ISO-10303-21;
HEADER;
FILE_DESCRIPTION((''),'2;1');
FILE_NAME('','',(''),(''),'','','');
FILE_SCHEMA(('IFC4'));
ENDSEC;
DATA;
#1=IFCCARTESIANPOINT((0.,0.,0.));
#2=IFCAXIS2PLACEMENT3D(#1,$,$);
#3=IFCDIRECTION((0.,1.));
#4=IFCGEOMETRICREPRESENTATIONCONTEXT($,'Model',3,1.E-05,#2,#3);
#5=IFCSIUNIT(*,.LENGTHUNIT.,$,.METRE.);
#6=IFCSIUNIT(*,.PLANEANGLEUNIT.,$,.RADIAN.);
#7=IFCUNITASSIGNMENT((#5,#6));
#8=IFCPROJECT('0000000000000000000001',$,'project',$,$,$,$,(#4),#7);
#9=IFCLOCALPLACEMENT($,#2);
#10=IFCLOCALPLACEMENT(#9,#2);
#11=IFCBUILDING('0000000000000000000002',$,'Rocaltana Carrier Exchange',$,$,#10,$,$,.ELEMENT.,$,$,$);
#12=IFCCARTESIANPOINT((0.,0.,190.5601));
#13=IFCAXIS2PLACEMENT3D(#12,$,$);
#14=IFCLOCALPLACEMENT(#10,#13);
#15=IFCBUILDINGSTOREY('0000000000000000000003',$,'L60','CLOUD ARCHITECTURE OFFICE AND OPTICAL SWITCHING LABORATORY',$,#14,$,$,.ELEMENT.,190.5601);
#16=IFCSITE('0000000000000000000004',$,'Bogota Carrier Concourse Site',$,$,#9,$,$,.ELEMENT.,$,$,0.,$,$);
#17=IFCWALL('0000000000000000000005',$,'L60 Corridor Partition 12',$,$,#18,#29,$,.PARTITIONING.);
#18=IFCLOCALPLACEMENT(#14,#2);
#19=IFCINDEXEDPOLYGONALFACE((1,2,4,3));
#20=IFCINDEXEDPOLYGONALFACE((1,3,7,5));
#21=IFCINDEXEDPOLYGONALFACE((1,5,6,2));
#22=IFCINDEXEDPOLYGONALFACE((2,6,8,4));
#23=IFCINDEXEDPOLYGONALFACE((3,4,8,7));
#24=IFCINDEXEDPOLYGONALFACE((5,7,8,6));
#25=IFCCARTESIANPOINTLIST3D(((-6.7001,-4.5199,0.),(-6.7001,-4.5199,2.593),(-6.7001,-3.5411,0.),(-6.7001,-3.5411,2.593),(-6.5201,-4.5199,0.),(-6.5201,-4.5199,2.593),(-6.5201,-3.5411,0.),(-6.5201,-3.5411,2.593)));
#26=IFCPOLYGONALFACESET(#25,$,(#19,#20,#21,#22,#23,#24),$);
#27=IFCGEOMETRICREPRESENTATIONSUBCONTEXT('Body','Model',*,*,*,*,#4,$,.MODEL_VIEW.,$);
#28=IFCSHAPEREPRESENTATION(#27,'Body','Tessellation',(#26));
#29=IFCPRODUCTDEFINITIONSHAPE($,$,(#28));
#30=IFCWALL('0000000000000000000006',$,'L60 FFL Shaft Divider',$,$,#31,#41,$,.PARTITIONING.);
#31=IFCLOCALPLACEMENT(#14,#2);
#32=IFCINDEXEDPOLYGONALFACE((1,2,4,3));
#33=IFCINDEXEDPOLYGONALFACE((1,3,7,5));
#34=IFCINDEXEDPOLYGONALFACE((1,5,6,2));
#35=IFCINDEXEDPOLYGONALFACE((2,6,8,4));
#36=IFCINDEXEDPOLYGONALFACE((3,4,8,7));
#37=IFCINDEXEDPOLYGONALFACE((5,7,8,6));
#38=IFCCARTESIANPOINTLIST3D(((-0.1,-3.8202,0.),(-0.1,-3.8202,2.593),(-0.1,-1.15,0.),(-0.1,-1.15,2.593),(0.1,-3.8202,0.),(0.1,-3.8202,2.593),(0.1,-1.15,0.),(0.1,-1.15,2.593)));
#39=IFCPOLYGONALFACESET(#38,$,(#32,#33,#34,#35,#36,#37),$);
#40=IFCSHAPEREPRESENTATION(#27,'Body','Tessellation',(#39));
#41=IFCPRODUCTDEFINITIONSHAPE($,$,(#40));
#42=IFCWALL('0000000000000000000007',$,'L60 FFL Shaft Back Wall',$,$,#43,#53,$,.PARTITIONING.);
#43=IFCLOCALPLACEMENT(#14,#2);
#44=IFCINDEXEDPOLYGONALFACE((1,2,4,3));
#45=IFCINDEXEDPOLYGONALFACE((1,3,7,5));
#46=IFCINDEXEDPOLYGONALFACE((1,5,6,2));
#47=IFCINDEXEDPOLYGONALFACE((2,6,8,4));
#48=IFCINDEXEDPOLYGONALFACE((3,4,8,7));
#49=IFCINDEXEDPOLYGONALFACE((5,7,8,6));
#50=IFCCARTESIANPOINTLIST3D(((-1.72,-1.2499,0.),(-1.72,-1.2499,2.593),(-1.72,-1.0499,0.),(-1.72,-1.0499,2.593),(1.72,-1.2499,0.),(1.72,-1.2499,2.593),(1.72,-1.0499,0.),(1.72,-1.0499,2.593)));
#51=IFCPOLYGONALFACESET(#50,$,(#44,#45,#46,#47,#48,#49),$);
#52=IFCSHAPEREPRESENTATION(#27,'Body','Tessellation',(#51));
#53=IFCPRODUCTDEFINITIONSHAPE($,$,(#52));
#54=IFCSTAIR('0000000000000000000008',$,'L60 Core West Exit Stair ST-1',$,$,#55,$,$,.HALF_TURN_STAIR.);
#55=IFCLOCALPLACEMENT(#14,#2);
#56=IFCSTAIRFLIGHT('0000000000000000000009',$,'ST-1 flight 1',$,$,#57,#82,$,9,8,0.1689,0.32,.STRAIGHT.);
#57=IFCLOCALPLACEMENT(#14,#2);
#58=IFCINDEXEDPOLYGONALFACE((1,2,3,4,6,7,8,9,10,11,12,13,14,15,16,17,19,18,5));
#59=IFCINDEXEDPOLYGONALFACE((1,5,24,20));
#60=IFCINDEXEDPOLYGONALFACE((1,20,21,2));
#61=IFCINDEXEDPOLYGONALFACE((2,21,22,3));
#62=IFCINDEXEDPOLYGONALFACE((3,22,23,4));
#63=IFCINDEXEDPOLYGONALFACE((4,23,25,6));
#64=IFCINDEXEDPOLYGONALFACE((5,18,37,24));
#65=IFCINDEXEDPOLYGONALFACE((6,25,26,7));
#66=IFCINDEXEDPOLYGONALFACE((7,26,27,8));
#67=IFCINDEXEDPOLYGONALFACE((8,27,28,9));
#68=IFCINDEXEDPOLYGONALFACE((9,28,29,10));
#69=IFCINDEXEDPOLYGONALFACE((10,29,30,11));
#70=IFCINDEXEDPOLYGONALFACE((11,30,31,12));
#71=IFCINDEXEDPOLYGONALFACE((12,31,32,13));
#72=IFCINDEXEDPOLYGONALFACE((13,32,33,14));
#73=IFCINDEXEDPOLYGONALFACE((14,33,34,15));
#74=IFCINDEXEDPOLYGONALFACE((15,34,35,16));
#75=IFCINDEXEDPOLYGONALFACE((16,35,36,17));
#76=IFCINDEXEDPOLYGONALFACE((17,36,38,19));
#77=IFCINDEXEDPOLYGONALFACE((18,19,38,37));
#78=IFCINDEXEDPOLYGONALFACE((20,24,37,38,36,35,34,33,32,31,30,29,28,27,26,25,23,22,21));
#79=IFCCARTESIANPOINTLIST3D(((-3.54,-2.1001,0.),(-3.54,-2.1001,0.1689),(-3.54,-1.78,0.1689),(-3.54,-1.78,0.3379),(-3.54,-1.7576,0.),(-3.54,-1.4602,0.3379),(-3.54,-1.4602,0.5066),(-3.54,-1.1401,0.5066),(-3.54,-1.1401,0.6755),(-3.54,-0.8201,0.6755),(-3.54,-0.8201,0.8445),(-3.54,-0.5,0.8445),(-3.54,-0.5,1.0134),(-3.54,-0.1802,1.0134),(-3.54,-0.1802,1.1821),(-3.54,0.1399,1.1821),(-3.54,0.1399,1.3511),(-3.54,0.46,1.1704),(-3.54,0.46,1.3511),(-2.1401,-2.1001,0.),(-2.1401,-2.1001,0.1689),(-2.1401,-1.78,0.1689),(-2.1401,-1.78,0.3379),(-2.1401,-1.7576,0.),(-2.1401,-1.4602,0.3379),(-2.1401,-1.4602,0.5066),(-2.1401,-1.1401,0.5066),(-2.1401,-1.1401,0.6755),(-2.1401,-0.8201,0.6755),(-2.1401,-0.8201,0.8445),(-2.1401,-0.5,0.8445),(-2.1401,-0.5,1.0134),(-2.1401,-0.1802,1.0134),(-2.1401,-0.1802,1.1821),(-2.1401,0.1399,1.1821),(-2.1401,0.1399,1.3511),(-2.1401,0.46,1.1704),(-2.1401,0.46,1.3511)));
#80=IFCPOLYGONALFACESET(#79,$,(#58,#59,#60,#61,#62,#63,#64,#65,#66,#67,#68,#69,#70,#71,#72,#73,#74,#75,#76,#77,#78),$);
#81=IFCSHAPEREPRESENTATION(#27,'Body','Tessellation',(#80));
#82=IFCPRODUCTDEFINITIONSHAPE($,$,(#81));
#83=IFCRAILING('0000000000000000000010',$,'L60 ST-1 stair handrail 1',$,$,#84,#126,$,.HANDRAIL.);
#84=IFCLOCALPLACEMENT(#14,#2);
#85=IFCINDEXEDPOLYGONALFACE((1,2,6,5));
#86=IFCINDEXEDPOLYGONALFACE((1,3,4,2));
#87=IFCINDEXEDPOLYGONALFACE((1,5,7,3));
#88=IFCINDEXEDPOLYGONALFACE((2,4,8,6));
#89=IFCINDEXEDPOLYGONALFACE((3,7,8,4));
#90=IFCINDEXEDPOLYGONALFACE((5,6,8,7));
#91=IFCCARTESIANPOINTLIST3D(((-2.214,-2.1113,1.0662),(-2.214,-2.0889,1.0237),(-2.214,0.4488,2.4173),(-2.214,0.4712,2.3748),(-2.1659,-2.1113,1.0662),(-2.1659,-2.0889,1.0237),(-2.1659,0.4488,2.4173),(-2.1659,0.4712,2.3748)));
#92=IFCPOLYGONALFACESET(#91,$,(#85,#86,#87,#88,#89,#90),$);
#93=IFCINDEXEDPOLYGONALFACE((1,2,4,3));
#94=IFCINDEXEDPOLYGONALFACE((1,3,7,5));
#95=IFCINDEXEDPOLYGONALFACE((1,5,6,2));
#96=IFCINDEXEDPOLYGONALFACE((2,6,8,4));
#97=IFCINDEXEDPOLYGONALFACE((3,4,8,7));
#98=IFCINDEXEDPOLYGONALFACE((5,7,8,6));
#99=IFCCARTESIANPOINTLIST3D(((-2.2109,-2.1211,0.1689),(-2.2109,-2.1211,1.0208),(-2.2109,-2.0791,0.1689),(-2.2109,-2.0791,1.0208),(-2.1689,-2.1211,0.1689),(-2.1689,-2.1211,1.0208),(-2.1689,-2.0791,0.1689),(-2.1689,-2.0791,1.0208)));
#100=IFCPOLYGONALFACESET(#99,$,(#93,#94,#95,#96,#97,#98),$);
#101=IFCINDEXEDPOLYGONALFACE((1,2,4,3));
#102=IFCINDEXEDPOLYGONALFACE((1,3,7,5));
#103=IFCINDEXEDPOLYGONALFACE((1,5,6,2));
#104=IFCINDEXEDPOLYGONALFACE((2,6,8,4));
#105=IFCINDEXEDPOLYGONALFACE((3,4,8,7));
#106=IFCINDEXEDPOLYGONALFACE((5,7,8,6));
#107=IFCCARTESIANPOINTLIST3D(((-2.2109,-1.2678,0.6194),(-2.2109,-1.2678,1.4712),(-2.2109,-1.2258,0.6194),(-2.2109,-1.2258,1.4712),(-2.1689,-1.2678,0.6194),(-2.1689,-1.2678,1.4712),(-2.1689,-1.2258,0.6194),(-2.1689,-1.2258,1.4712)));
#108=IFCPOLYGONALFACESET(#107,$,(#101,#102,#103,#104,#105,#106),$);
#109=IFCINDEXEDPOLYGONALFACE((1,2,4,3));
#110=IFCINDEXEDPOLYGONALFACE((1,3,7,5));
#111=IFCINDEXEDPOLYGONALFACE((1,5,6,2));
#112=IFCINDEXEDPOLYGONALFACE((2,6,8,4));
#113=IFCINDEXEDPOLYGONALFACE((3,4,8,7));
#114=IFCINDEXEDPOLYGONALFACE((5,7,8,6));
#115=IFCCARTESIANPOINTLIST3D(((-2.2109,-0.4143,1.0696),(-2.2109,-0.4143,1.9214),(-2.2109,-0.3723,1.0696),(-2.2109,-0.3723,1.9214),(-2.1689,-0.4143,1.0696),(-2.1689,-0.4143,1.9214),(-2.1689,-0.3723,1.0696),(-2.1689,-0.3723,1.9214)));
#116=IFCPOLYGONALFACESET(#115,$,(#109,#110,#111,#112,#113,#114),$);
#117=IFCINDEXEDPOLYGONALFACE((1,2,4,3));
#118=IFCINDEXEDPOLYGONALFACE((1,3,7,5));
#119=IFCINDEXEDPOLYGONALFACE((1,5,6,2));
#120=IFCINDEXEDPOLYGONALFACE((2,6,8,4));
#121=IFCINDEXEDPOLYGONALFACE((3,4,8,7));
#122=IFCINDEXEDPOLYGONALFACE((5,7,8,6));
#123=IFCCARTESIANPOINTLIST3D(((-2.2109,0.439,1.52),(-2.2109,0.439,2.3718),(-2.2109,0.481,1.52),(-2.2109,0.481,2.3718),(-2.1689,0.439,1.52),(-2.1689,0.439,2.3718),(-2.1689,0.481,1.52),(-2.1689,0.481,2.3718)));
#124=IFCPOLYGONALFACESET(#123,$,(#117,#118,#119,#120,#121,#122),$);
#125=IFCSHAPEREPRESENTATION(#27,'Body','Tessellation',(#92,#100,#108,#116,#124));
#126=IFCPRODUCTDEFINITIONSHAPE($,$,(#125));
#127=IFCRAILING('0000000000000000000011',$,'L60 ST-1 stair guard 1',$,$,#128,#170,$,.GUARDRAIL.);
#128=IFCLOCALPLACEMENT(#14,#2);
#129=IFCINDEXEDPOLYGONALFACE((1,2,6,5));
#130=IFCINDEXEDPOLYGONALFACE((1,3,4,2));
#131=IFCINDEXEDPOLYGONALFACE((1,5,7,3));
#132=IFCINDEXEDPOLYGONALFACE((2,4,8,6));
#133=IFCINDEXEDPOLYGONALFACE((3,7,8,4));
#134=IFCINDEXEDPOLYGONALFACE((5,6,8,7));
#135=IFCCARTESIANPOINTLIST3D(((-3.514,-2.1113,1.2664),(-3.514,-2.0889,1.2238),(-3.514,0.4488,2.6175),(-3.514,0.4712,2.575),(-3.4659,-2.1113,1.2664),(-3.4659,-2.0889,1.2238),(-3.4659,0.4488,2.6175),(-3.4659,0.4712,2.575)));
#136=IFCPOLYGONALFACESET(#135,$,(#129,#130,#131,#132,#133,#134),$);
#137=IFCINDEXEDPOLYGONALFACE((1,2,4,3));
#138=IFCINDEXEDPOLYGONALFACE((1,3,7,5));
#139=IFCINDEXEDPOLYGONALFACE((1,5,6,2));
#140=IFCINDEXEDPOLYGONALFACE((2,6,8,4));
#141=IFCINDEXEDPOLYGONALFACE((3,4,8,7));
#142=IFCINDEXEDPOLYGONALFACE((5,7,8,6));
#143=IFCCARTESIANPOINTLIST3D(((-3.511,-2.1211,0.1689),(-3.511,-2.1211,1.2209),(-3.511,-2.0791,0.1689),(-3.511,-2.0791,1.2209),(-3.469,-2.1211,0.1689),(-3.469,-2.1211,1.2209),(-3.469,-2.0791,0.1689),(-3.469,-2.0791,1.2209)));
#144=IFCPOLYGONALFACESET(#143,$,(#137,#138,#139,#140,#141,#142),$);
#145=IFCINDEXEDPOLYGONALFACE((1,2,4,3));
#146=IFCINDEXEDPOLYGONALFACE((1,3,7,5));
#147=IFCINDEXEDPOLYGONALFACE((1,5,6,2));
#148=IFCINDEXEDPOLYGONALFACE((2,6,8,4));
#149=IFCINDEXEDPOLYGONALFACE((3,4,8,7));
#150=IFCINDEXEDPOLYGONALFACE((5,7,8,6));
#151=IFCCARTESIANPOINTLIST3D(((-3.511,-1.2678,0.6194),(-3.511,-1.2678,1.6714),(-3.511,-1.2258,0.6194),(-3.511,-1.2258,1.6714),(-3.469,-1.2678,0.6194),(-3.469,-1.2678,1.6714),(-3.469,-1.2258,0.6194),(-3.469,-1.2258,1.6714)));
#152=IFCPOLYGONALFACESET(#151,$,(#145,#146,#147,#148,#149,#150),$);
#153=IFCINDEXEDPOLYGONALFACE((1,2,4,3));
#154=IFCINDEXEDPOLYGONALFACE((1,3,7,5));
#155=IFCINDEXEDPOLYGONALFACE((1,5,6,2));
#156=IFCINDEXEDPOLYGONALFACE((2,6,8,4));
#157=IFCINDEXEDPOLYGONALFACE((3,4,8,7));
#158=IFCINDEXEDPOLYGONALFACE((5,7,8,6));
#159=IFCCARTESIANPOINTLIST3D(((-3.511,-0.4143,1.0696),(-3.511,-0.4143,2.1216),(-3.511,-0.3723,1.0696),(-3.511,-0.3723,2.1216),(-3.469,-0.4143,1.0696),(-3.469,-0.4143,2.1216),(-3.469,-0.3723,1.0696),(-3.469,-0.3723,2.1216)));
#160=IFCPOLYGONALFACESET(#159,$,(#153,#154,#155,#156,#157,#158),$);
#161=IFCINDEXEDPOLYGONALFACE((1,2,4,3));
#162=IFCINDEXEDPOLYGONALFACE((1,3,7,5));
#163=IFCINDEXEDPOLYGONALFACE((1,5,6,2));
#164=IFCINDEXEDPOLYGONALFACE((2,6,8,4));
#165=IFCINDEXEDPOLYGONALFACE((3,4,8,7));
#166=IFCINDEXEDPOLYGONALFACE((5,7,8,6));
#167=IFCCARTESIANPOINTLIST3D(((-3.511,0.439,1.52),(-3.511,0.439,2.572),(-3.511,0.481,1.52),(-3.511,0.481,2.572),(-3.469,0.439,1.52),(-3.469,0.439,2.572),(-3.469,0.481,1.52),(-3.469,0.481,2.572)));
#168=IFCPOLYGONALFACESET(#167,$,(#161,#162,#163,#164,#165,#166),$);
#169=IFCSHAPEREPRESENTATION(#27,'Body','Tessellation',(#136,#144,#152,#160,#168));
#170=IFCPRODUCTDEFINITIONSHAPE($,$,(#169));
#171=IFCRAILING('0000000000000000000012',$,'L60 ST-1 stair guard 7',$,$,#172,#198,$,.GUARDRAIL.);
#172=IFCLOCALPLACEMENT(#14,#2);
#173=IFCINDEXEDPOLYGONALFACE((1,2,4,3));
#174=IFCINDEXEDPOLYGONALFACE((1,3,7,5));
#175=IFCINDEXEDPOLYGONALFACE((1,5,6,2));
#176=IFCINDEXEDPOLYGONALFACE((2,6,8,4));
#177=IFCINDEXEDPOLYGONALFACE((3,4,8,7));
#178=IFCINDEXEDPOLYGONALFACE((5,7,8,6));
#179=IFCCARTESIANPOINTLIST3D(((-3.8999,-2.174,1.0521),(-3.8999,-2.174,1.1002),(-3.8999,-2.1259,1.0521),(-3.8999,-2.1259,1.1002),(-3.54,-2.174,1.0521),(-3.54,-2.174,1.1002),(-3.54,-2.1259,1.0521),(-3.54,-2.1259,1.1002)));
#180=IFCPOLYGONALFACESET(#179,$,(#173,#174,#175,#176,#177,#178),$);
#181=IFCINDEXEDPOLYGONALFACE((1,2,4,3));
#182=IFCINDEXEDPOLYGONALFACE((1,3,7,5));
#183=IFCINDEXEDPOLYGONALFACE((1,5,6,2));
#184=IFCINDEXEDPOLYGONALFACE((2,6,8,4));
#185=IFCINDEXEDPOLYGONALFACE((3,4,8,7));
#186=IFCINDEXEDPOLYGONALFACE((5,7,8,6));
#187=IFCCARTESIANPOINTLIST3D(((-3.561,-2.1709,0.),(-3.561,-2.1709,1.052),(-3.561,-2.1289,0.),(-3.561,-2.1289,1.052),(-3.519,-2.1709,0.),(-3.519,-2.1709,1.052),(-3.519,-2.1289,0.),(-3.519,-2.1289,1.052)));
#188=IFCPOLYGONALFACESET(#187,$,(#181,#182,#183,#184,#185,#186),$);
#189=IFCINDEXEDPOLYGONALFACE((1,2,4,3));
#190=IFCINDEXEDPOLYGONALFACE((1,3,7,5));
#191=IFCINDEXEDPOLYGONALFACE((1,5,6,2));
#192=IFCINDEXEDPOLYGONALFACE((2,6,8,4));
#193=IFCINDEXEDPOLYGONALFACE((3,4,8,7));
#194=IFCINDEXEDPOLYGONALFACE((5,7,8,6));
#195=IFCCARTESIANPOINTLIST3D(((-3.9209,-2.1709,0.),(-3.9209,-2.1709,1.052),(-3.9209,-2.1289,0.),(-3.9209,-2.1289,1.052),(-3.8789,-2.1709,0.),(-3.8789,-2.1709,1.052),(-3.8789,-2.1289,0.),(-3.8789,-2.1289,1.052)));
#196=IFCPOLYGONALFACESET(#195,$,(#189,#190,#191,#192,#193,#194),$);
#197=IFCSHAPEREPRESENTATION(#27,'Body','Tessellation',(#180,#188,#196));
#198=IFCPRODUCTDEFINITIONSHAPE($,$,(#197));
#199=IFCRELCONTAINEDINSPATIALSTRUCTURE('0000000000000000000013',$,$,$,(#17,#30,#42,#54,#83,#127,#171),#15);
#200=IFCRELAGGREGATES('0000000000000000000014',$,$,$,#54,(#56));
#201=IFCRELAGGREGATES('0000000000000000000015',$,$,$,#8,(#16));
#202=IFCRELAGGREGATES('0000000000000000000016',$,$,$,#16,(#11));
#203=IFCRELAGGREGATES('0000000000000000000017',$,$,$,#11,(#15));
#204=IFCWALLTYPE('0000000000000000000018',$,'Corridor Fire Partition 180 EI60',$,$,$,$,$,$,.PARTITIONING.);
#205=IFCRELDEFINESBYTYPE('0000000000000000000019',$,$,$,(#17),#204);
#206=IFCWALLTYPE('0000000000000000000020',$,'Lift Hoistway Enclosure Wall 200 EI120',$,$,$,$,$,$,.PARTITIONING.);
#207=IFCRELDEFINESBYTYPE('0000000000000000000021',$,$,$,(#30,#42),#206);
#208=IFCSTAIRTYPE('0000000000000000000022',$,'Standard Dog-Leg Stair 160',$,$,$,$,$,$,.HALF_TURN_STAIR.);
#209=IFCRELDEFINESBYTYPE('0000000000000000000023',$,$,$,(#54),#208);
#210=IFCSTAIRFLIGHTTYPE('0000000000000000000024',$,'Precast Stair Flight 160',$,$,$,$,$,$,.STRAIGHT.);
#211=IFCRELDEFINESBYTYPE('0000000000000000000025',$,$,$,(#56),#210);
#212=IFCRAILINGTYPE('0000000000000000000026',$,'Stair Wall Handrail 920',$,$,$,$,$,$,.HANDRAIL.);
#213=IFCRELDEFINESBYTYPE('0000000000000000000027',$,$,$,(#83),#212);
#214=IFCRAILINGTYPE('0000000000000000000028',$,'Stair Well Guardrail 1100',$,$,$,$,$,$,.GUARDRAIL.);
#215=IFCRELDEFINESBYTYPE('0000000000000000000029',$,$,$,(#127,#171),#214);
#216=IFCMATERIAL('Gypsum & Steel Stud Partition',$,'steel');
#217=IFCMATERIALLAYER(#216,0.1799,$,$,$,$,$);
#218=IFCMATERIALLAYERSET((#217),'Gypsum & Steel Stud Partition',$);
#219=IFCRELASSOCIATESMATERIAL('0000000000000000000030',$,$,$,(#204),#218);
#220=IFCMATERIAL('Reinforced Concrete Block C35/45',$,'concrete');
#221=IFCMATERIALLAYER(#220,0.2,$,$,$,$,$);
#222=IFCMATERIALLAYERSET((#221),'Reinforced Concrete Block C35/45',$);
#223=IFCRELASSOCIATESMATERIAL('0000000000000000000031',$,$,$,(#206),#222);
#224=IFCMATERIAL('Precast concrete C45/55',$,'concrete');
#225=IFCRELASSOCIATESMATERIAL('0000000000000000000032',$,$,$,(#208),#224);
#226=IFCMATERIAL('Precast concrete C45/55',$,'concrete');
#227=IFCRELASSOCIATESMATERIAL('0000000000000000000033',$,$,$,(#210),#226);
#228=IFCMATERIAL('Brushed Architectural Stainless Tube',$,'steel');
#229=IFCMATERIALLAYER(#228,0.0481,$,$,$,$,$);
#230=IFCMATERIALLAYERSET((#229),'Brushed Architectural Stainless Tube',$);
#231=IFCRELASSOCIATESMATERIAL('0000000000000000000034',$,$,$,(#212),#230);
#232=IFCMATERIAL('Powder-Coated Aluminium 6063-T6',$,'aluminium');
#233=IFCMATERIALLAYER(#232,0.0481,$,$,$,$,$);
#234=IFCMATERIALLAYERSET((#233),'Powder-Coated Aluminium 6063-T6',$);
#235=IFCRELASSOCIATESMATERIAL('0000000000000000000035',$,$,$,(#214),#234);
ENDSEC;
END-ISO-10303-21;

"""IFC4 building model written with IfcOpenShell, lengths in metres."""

from ifc_helpers import new_model, si_unit, direction, frame, frame_2d, origin, origin_2d, place, context, subcontext, project, spatial, polyline, rectangle, outline, extrude, material, layer, layer_set, type_object, element, aggregate, save


model = new_model("IFC4")

# Units and contexts
model_context = context("Model", 3, precision=1e-05, world=origin(), true_north=direction((0.0, 1.0)))
body_context = subcontext(model_context, "Body", "Model", "MODEL_VIEW")
ifc_project = project(units=[si_unit("LENGTHUNIT", "METRE"), si_unit("PLANEANGLEUNIT", "RADIAN")], contexts=[model_context])

# Site, building, storey
site_placement = place(None, origin())
site = spatial("IfcSite", under=ifc_project, at=site_placement, Name="Bogota Carrier Concourse Site", CompositionType="ELEMENT", RefElevation=0.0)
building_placement = place(site_placement, origin())
building = spatial("IfcBuilding", under=site, at=building_placement, Name="Rocaltana Carrier Exchange", CompositionType="ELEMENT")
storey_placement = place(building_placement, frame((0.0, 0.0, 190.5601)))
storey = spatial("IfcBuildingStorey", under=building, at=storey_placement, Name="L60", Description="CLOUD ARCHITECTURE OFFICE AND OPTICAL SWITCHING LABORATORY", CompositionType="ELEMENT", Elevation=190.5601)

# Walls
ifc_material_1 = material(Name="Gypsum & Steel Stud Partition", Category="steel")
ifc_layer_1 = layer(ifc_material_1, 0.1799)
ifc_layer_set_1 = layer_set([ifc_layer_1], Name="Gypsum & Steel Stud Partition")
wall_type_1 = type_object("IfcWallType", Name="Corridor Fire Partition 180 EI60", PredefinedType="PARTITIONING", material=ifc_layer_set_1)
wall_1_placement = place(storey_placement, frame((-6.6101, -3.5413, 0.0), z_axis=(0.0, 0.0, 1.0), x_axis=(0.0, -1.0, 0.0)))
element("IfcWall", 1, at=wall_1_placement, inside=storey, type_object=wall_type_1, Name="L60 Corridor Partition 12", PredefinedType="PARTITIONING", context=body_context, shape_type="SweptSolid", body=[
    extrude(rectangle(XDim=0.9788, YDim=0.1799, at=frame_2d((0.4893, 0.0))), origin(), (0.0, 0.0, 1.0), 2.593),
])
ifc_material_2 = material(Name="Reinforced Concrete Block C35/45", Category="concrete")
ifc_layer_2 = layer(ifc_material_2, 0.2)
ifc_layer_set_2 = layer_set([ifc_layer_2], Name="Reinforced Concrete Block C35/45")
wall_type_2 = type_object("IfcWallType", Name="Lift Hoistway Enclosure Wall 200 EI120", PredefinedType="PARTITIONING", material=ifc_layer_set_2)
wall_2_placement = place(storey_placement, frame((0.0, -3.8201, 0.0), z_axis=(0.0, 0.0, 1.0), x_axis=(0.0, 1.0, 0.0)))
element("IfcWall", 2, at=wall_2_placement, inside=storey, type_object=wall_type_2, Name="L60 FFL Shaft Divider", PredefinedType="PARTITIONING", context=body_context, shape_type="SweptSolid", body=[
    extrude(rectangle(XDim=2.6702, YDim=0.2, at=frame_2d((1.335, 0.0))), origin(), (0.0, 0.0, 1.0), 2.593),
])
wall_3_placement = place(storey_placement, frame((-1.72, -1.1499, 0.0), z_axis=(0.0, 0.0, 1.0), x_axis=(1.0, 0.0, 0.0)))
element("IfcWall", 3, at=wall_3_placement, inside=storey, type_object=wall_type_2, Name="L60 FFL Shaft Back Wall", PredefinedType="PARTITIONING", context=body_context, shape_type="SweptSolid", body=[
    extrude(rectangle(XDim=3.4399, YDim=0.2, at=frame_2d((1.72, 0.0))), origin(), (0.0, 0.0, 1.0), 2.593),
])

# Stair, stair flight
ifc_material_3 = material(Name="Precast concrete C45/55", Category="concrete")
stair_type = type_object("IfcStairType", Name="Standard Dog-Leg Stair 160", PredefinedType="HALF_TURN_STAIR", material=ifc_material_3)
stair_placement = place(storey_placement, origin())
stair = element("IfcStair", 4, at=stair_placement, inside=storey, type_object=stair_type, Name="L60 Core West Exit Stair ST-1", PredefinedType="HALF_TURN_STAIR")
ifc_material_4 = material(Name="Precast concrete C45/55", Category="concrete")
stair_flight_type = type_object("IfcStairFlightType", Name="Precast Stair Flight 160", PredefinedType="STRAIGHT", material=ifc_material_4)
stair_flight_placement = place(storey_placement, frame((-2.8401, -2.1001, 0.0), z_axis=(0.0, 0.0, 1.0), x_axis=(0.0, 1.0, 0.0)))
stair_flight = element("IfcStairFlight", 5, at=stair_flight_placement, type_object=stair_flight_type, Name="ST-1 flight 1", NumberOfRisers=9, NumberOfTreads=8, PredefinedType="STRAIGHT", RiserHeight=0.1689, TreadLength=0.32, context=body_context, shape_type="SweptSolid", body=[
    extrude(outline(polyline([(0.0, 0.0), (0.0, 0.1689), (0.3201, 0.1689), (0.3201, 0.3379), (0.6399, 0.3379), (0.6399, 0.5066), (0.96, 0.5066), (0.96, 0.6755), (1.28, 0.6755), (1.28, 0.8445), (1.6001, 0.8445), (1.6001, 1.0134), (1.9199, 1.0134), (1.9199, 1.1821), (2.24, 1.1821), (2.24, 1.3511), (2.5601, 1.3511), (2.5601, 1.52), (2.5601, 1.1704), (0.3425, 0.0), (0.0, 0.0)])), frame((0.0, 0.7, 0.0), z_axis=(0.0, -1.0, 0.0), x_axis=(1.0, 0.0, 0.0)), (0.0, 0.0, 1.0), 1.3999),
])
aggregate(stair, [stair_flight])

# Railings
ifc_material_5 = material(Name="Brushed Architectural Stainless Tube", Category="steel")
ifc_layer_3 = layer(ifc_material_5, 0.0481)
ifc_layer_set_3 = layer_set([ifc_layer_3], Name="Brushed Architectural Stainless Tube")
railing_type_1 = type_object("IfcRailingType", Name="Stair Wall Handrail 920", PredefinedType="HANDRAIL", material=ifc_layer_set_3)
railing_1_placement = place(storey_placement, frame((-2.1899, -2.1001, 0.1689)))
element("IfcRailing", 6, at=railing_1_placement, inside=storey, type_object=railing_type_1, Name="L60 ST-1 stair handrail 1", PredefinedType="HANDRAIL", context=body_context, shape_type="SweptSolid", body=[
    extrude(rectangle(XDim=0.0481, YDim=0.0481, at=origin_2d()), frame((0.0, 0.0, 0.876), z_axis=(0.0, 0.884394, 0.46674), x_axis=(-1.0, 0.0, 0.0)), (0.0, 0.0, 1.0), 2.8948),
    extrude(rectangle(XDim=0.042, YDim=0.042, at=origin_2d()), origin(), (0.0, 0.0, 1.0), 0.8518),
    extrude(rectangle(XDim=0.042, YDim=0.042, at=origin_2d()), frame((0.0, 0.8533, 0.4504)), (0.0, 0.0, 1.0), 0.8518),
    extrude(rectangle(XDim=0.042, YDim=0.042, at=origin_2d()), frame((0.0, 1.7068, 0.9006)), (0.0, 0.0, 1.0), 0.8518),
    extrude(rectangle(XDim=0.042, YDim=0.042, at=origin_2d()), frame((0.0, 2.5601, 1.3511)), (0.0, 0.0, 1.0), 0.8518),
])
ifc_material_6 = material(Name="Powder-Coated Aluminium 6063-T6", Category="aluminium")
ifc_layer_4 = layer(ifc_material_6, 0.0481)
ifc_layer_set_4 = layer_set([ifc_layer_4], Name="Powder-Coated Aluminium 6063-T6")
railing_type_2 = type_object("IfcRailingType", Name="Stair Well Guardrail 1100", PredefinedType="GUARDRAIL", material=ifc_layer_set_4)
railing_2_placement = place(storey_placement, frame((-3.49, -2.1001, 0.1689)))
element("IfcRailing", 7, at=railing_2_placement, inside=storey, type_object=railing_type_2, Name="L60 ST-1 stair guard 1", PredefinedType="GUARDRAIL", context=body_context, shape_type="SweptSolid", body=[
    extrude(rectangle(XDim=0.0481, YDim=0.0481, at=origin_2d()), frame((0.0, 0.0, 1.0762), z_axis=(0.0, 0.884394, 0.46674), x_axis=(-1.0, 0.0, 0.0)), (0.0, 0.0, 1.0), 2.8948),
    extrude(rectangle(XDim=0.042, YDim=0.042, at=origin_2d()), origin(), (0.0, 0.0, 1.0), 1.052),
    extrude(rectangle(XDim=0.042, YDim=0.042, at=origin_2d()), frame((0.0, 0.8533, 0.4504)), (0.0, 0.0, 1.0), 1.052),
    extrude(rectangle(XDim=0.042, YDim=0.042, at=origin_2d()), frame((0.0, 1.7068, 0.9006)), (0.0, 0.0, 1.0), 1.052),
    extrude(rectangle(XDim=0.042, YDim=0.042, at=origin_2d()), frame((0.0, 2.5601, 1.3511)), (0.0, 0.0, 1.0), 1.052),
])
railing_3_placement = place(storey_placement, frame((-3.54, -2.1499, 0.0)))
element("IfcRailing", 8, at=railing_3_placement, inside=storey, type_object=railing_type_2, Name="L60 ST-1 stair guard 7", PredefinedType="GUARDRAIL", context=body_context, shape_type="SweptSolid", body=[
    extrude(rectangle(XDim=0.0481, YDim=0.0481, at=origin_2d()), frame((0.0, 0.0, 1.0762), z_axis=(-1.0, 0.0, 0.0), x_axis=(0.0, -1.0, 0.0)), (0.0, 0.0, 1.0), 0.3599),
    extrude(rectangle(XDim=0.042, YDim=0.042, at=origin_2d()), origin(), (0.0, 0.0, 1.0), 1.052),
    extrude(rectangle(XDim=0.042, YDim=0.042, at=origin_2d()), frame((-0.3599, 0.0, 0.0)), (0.0, 0.0, 1.0), 1.052),
])

save(model, "model.ifc")
